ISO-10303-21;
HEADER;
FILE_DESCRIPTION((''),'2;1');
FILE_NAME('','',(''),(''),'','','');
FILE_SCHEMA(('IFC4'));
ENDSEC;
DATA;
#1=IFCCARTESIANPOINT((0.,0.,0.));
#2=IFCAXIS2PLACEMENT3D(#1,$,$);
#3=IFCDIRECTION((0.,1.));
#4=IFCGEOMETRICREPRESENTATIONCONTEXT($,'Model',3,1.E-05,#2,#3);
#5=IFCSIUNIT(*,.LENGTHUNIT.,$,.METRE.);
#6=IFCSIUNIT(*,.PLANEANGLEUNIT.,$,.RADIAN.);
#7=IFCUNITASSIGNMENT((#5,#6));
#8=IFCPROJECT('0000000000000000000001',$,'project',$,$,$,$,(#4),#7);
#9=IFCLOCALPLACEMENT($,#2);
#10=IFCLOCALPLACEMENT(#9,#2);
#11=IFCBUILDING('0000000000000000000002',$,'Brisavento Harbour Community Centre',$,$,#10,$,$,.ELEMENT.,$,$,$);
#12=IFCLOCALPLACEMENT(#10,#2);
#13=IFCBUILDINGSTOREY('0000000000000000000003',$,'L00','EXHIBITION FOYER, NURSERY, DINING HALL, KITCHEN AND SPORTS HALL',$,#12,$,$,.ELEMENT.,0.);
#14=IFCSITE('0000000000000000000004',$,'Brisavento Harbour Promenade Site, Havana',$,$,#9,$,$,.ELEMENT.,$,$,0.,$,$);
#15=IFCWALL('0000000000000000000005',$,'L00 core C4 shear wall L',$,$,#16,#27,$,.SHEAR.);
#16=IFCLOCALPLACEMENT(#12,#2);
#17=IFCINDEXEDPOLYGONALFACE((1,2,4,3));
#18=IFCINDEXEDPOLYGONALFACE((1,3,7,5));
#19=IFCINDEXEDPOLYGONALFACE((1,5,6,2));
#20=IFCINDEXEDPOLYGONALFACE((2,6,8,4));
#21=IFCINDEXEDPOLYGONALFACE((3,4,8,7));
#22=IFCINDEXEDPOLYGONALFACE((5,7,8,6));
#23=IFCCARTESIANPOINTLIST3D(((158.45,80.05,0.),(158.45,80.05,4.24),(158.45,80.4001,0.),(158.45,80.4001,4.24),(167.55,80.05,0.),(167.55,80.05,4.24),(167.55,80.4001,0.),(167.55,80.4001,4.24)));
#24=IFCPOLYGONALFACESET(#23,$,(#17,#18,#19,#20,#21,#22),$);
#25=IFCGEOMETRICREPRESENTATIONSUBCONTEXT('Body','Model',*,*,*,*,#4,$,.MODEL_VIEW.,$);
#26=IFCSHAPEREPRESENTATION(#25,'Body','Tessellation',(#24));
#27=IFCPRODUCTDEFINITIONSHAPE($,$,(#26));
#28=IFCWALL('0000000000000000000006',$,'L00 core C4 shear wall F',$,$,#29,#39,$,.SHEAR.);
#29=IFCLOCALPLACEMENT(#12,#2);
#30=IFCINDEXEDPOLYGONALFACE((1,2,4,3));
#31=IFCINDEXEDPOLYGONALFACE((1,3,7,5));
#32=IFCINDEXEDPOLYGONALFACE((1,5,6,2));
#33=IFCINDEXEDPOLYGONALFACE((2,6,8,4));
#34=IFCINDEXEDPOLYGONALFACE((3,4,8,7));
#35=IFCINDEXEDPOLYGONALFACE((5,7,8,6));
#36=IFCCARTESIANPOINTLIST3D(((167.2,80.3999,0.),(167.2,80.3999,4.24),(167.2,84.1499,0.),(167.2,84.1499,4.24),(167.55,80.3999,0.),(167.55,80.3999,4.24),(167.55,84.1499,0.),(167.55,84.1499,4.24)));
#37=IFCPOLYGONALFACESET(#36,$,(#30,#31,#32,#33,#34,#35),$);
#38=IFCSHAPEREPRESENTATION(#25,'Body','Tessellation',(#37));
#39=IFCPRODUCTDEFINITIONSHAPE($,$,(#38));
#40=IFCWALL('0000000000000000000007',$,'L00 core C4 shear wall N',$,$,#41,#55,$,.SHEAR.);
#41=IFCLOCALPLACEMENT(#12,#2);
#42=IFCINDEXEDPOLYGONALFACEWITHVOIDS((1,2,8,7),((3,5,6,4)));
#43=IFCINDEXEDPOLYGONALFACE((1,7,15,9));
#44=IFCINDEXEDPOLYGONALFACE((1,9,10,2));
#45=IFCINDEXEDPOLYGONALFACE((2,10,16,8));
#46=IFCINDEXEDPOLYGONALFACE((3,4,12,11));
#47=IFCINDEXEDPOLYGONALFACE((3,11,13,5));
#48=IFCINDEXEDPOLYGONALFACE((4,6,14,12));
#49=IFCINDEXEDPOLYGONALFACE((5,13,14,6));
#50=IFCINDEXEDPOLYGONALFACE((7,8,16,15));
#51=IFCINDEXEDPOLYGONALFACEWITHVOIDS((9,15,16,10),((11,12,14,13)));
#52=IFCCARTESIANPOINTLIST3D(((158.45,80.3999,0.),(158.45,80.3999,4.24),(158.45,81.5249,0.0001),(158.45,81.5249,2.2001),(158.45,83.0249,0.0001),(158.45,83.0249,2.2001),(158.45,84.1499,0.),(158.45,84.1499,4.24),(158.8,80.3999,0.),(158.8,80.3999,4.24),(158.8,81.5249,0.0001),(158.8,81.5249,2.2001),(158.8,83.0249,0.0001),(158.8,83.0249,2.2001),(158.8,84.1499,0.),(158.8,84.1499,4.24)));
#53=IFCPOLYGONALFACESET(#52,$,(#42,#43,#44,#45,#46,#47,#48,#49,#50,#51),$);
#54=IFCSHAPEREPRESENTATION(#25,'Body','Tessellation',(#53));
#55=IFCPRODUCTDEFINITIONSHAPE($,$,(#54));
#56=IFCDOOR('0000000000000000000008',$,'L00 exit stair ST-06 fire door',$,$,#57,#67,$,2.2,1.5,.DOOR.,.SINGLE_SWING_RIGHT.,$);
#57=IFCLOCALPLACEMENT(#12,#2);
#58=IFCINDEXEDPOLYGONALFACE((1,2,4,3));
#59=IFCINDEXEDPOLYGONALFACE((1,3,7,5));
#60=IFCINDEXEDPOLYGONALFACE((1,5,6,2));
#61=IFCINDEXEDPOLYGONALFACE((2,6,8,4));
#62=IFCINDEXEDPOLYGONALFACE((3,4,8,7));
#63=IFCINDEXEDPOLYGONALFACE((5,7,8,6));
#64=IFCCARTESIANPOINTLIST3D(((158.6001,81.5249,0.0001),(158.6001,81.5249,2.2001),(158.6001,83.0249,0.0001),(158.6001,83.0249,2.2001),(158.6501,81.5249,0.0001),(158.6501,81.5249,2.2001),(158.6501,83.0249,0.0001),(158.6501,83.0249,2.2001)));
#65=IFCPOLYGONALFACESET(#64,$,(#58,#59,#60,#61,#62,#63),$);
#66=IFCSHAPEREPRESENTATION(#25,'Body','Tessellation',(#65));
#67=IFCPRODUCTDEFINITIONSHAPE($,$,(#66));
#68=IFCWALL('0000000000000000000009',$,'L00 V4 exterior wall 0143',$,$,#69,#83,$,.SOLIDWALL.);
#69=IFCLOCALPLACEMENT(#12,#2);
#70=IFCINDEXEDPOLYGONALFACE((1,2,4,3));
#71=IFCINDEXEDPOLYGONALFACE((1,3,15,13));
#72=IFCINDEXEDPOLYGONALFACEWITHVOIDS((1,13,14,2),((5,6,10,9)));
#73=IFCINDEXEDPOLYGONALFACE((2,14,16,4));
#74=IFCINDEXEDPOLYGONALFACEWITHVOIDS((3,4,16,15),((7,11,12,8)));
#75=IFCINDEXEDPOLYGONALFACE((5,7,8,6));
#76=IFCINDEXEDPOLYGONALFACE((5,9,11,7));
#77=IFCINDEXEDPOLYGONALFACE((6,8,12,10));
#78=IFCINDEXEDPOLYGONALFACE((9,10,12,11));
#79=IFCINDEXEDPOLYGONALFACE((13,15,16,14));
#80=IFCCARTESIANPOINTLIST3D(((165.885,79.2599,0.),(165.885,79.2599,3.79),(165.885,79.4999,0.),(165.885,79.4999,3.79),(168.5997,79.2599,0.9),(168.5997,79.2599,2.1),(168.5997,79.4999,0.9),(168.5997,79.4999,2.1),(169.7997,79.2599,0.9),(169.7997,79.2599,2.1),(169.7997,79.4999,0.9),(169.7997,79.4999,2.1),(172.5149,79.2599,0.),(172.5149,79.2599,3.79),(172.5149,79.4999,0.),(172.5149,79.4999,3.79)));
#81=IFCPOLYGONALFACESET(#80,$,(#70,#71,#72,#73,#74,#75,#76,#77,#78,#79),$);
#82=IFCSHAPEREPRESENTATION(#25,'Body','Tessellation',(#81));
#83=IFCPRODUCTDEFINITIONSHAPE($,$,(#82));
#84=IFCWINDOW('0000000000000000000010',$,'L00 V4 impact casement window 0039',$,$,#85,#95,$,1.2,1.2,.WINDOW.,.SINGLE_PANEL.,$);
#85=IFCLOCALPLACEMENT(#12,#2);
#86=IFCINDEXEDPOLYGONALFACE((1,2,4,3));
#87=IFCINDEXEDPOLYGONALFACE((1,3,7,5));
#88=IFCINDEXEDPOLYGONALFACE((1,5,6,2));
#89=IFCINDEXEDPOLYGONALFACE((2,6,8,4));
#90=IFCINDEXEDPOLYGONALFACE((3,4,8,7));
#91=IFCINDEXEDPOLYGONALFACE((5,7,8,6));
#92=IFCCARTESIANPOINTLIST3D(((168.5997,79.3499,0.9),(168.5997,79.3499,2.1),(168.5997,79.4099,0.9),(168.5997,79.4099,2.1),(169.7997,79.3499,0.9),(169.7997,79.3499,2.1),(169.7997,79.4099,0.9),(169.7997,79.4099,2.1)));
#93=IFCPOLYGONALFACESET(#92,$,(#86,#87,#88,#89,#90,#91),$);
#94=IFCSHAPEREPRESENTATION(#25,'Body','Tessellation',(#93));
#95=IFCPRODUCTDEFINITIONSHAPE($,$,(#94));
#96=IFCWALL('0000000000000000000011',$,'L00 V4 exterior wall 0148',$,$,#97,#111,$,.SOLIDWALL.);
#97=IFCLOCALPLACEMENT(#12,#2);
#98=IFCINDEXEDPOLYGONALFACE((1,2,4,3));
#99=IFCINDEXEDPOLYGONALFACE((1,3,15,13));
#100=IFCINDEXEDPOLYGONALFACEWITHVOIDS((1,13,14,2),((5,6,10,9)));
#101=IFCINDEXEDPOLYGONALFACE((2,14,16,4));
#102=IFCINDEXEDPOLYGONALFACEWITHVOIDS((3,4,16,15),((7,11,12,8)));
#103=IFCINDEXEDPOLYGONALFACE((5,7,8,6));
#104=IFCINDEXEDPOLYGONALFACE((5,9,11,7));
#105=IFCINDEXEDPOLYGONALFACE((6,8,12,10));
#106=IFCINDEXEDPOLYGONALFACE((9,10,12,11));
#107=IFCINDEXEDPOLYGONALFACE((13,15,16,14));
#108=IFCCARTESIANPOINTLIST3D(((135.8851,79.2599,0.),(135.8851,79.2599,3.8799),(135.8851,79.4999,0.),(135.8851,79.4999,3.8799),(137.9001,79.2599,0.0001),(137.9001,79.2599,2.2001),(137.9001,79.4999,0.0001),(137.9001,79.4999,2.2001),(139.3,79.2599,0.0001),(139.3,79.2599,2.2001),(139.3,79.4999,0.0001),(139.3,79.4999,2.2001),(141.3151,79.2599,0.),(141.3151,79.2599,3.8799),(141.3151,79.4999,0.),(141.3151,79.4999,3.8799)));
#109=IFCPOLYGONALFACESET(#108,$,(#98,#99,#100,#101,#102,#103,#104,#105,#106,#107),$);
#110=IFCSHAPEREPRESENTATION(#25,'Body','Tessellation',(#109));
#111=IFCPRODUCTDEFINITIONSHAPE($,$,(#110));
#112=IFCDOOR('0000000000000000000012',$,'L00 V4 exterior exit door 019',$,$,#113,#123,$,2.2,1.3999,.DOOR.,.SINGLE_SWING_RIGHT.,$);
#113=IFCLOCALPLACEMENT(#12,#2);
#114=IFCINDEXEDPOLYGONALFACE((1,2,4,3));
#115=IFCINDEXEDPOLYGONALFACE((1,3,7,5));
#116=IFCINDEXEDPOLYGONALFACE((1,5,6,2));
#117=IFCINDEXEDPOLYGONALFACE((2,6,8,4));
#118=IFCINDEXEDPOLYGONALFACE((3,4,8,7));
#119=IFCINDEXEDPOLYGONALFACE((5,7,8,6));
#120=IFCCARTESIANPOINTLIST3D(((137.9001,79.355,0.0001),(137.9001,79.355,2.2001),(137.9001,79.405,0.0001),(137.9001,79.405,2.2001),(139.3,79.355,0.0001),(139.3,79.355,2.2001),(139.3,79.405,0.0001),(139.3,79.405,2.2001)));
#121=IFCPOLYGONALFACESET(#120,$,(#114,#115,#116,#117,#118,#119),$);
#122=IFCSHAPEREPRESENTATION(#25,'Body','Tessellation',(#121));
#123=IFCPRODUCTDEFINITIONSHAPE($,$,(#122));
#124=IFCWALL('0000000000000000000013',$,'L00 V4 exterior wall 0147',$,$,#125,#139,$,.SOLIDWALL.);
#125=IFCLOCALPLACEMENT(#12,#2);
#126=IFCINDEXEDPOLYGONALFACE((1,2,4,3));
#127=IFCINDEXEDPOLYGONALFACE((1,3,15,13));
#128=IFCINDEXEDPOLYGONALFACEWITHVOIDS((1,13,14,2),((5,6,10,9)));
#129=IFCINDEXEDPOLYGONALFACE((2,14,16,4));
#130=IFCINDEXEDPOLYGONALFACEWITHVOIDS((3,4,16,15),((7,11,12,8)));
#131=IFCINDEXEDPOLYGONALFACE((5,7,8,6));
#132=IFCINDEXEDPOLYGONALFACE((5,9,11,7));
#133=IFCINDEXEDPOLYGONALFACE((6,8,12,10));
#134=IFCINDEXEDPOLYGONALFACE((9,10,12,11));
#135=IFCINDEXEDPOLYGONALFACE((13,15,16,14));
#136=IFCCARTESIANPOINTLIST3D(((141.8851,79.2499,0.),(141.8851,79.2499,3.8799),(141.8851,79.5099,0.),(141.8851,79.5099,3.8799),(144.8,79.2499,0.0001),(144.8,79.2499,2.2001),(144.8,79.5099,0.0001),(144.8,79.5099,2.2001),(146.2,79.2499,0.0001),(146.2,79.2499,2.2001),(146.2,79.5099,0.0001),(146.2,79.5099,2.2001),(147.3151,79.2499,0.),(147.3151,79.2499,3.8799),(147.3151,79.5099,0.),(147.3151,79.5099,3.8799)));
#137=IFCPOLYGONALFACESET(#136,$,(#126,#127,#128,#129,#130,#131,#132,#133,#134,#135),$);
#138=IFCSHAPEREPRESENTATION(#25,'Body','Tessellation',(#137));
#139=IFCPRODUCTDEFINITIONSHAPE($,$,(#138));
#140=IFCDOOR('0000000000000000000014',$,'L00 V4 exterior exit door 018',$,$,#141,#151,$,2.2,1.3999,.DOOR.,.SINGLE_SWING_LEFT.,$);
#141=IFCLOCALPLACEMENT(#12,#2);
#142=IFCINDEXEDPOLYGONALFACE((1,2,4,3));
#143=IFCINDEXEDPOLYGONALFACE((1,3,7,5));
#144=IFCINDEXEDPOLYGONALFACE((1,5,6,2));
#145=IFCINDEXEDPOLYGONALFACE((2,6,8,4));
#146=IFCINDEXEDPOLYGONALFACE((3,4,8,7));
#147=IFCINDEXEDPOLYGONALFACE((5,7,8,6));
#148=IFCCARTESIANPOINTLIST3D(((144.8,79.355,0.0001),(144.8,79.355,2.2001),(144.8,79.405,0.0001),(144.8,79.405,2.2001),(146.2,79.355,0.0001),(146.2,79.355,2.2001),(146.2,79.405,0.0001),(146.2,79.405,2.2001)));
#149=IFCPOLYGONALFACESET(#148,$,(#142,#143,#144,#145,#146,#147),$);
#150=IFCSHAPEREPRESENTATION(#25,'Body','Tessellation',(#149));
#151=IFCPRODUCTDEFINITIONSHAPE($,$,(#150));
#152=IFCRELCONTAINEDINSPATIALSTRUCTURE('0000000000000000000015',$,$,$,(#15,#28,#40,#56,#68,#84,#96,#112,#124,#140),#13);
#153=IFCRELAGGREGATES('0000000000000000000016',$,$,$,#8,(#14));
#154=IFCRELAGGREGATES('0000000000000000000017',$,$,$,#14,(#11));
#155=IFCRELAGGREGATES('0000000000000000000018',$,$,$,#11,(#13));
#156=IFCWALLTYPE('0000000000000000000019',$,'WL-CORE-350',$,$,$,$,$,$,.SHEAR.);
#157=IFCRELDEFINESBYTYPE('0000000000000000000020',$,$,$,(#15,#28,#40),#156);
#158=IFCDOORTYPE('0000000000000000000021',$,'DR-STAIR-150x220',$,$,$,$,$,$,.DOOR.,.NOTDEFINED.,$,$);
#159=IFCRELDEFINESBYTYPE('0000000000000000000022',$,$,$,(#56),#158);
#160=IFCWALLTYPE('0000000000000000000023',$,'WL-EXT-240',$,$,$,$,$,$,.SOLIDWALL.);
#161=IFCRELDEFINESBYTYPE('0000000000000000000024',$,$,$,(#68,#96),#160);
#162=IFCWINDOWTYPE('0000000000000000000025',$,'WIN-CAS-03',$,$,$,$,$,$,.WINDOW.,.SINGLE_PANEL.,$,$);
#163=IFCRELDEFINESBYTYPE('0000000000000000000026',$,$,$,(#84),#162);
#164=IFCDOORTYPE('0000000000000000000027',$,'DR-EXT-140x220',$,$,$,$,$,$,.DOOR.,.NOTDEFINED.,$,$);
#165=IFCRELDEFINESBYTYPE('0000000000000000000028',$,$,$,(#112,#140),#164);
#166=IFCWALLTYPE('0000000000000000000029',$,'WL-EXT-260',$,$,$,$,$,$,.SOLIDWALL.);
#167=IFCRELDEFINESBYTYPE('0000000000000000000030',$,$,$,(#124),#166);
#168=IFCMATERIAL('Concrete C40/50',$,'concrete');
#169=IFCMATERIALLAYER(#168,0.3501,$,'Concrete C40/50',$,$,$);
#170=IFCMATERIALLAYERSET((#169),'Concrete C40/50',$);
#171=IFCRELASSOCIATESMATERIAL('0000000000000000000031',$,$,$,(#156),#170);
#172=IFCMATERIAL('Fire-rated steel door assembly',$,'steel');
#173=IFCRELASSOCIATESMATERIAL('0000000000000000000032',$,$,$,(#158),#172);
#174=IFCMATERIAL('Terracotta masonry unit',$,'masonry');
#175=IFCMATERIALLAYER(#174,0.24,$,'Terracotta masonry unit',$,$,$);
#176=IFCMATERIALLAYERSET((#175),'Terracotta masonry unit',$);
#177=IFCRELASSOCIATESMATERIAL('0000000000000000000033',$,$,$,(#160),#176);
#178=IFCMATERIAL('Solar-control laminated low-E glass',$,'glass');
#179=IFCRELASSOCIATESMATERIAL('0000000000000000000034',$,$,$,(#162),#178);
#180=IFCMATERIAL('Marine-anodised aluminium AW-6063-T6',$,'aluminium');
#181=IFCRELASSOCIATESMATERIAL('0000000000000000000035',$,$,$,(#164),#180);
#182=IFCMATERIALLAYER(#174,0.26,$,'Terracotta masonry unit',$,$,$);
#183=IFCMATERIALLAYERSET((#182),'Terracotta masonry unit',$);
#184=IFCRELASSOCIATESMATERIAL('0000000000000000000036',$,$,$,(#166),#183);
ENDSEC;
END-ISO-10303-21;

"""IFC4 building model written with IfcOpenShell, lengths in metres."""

from ifc_helpers import new_model, si_unit, direction, frame, frame_2d, origin, place, context, subcontext, project, spatial, rectangle, extrude, material, layer, layer_set, type_object, element, fill, save


model = new_model("IFC4")

# Units and contexts
model_context = context("Model", 3, precision=1e-05, world=origin(), true_north=direction((0.0, 1.0)))
body_context = subcontext(model_context, "Body", "Model", "MODEL_VIEW")
ifc_project = project(units=[si_unit("LENGTHUNIT", "METRE"), si_unit("PLANEANGLEUNIT", "RADIAN")], contexts=[model_context])

# Site, building, storey
site_placement = place(None, origin())
site = spatial("IfcSite", under=ifc_project, at=site_placement, Name="Brisavento Harbour Promenade Site, Havana", CompositionType="ELEMENT", RefElevation=0.0)
building_placement = place(site_placement, origin())
building = spatial("IfcBuilding", under=site, at=building_placement, Name="Brisavento Harbour Community Centre", CompositionType="ELEMENT")
storey_placement = place(building_placement, origin())
storey = spatial("IfcBuildingStorey", under=building, at=storey_placement, Name="L00", Description="EXHIBITION FOYER, NURSERY, DINING HALL, KITCHEN AND SPORTS HALL", CompositionType="ELEMENT", Elevation=0.0)

# Walls
ifc_material_1 = material(Name="Concrete C40/50", Category="concrete")
ifc_layer_1 = layer(ifc_material_1, 0.3501, Name="Concrete C40/50")
ifc_layer_set_1 = layer_set([ifc_layer_1], Name="Concrete C40/50")
wall_type_1 = type_object("IfcWallType", Name="WL-CORE-350", PredefinedType="SHEAR", material=ifc_layer_set_1)
wall_1_placement = place(storey_placement, frame((158.45, 80.2251, 0.0), z_axis=(0.0, 0.0, 1.0), x_axis=(1.0, 0.0, 0.0)))
element("IfcWall", 1, at=wall_1_placement, inside=storey, type_object=wall_type_1, Name="L00 core C4 shear wall L", PredefinedType="SHEAR", context=body_context, shape_type="SweptSolid", body=[
    extrude(rectangle(XDim=9.1001, YDim=0.3501, at=frame_2d((4.55, 0.0))), origin(), (0.0, 0.0, 1.0), 4.24),
])
wall_2_placement = place(storey_placement, frame((167.375, 80.3999, 0.0), z_axis=(0.0, 0.0, 1.0), x_axis=(0.0, 1.0, 0.0)))
element("IfcWall", 2, at=wall_2_placement, inside=storey, type_object=wall_type_1, Name="L00 core C4 shear wall F", PredefinedType="SHEAR", context=body_context, shape_type="SweptSolid", body=[
    extrude(rectangle(XDim=3.75, YDim=0.3501, at=frame_2d((1.875, 0.0))), origin(), (0.0, 0.0, 1.0), 4.24),
])

# Wall, opening, door
wall_3_placement = place(storey_placement, frame((158.625, 80.3999, 0.0), z_axis=(0.0, 0.0, 1.0), x_axis=(0.0, 1.0, 0.0)))
wall_3 = element("IfcWall", 3, at=wall_3_placement, inside=storey, type_object=wall_type_1, Name="L00 core C4 shear wall N", PredefinedType="SHEAR", context=body_context, shape_type="SweptSolid", body=[
    extrude(rectangle(XDim=3.75, YDim=0.3501, at=frame_2d((1.875, 0.0))), origin(), (0.0, 0.0, 1.0), 4.24),
])
opening_1_placement = place(wall_3_placement, frame((1.125, 0.0, 0.0)))
opening_1 = element("IfcOpeningElement", 4, at=opening_1_placement, cuts=wall_3, PredefinedType="OPENING", context=body_context, shape_type="SweptSolid", body=[
    extrude(rectangle(XDim=1.5, YDim=2.2, at=frame_2d((0.75, 1.1001))), frame((0.0, 0.1851, 0.0), z_axis=(0.0, -1.0, 0.0), x_axis=(1.0, 0.0, 0.0)), (0.0, 0.0, 1.0), 0.3701),
])
ifc_material_2 = material(Name="Fire-rated steel door assembly", Category="steel")
door_type_1 = type_object("IfcDoorType", Name="DR-STAIR-150x220", OperationType="NOTDEFINED", PredefinedType="DOOR", material=ifc_material_2)
door_1_placement = place(opening_1_placement, origin())
door_1 = element("IfcDoor", 5, at=door_1_placement, inside=storey, type_object=door_type_1, Name="L00 exit stair ST-06 fire door", OperationType="SINGLE_SWING_RIGHT", OverallHeight=2.2, OverallWidth=1.5, PredefinedType="DOOR", context=body_context, shape_type="SweptSolid", body=[
    extrude(rectangle(XDim=1.5, YDim=2.2, at=frame_2d((0.75, 1.1001))), frame((0.0, 0.0249, 0.0), z_axis=(0.0, -1.0, 0.0), x_axis=(1.0, 0.0, 0.0)), (0.0, 0.0, 1.0), 0.05),
])
fill(opening_1, door_1)

# Wall, opening, window
ifc_material_3 = material(Name="Terracotta masonry unit", Category="masonry")
ifc_layer_2 = layer(ifc_material_3, 0.24, Name="Terracotta masonry unit")
ifc_layer_set_2 = layer_set([ifc_layer_2], Name="Terracotta masonry unit")
wall_type_2 = type_object("IfcWallType", Name="WL-EXT-240", PredefinedType="SOLIDWALL", material=ifc_layer_set_2)
wall_4_placement = place(storey_placement, frame((172.5149, 79.3799, 0.0), z_axis=(0.0, 0.0, 1.0), x_axis=(-1.0, 0.0, 0.0)))
wall_4 = element("IfcWall", 6, at=wall_4_placement, inside=storey, type_object=wall_type_2, Name="L00 V4 exterior wall 0143", PredefinedType="SOLIDWALL", context=body_context, shape_type="SweptSolid", body=[
    extrude(rectangle(XDim=6.6299, YDim=0.24, at=frame_2d((3.3149, 0.0))), origin(), (0.0, 0.0, 1.0), 3.79),
])
opening_2_placement = place(wall_4_placement, frame((2.7151, 0.0, 0.8999)))
opening_2 = element("IfcOpeningElement", 7, at=opening_2_placement, cuts=wall_4, PredefinedType="OPENING", context=body_context, shape_type="SweptSolid", body=[
    extrude(rectangle(XDim=1.2, YDim=1.2, at=frame_2d((0.6001, 0.6001))), frame((0.0, 0.1299, 0.0), z_axis=(0.0, -1.0, 0.0), x_axis=(1.0, 0.0, 0.0)), (0.0, 0.0, 1.0), 0.26),
])
ifc_material_4 = material(Name="Solar-control laminated low-E glass", Category="glass")
window_type_1 = type_object("IfcWindowType", Name="WIN-CAS-03", PartitioningType="SINGLE_PANEL", PredefinedType="WINDOW", material=ifc_material_4)
window_1_placement = place(opening_2_placement, origin())
window_1 = element("IfcWindow", 8, at=window_1_placement, inside=storey, type_object=window_type_1, Name="L00 V4 impact casement window 0039", OverallHeight=1.2, OverallWidth=1.2, PartitioningType="SINGLE_PANEL", PredefinedType="WINDOW", context=body_context, shape_type="SweptSolid", body=[
    extrude(rectangle(XDim=1.2, YDim=1.2, at=frame_2d((0.6001, 0.6001))), frame((0.0, 0.03, 0.0), z_axis=(0.0, -1.0, 0.0), x_axis=(1.0, 0.0, 0.0)), (0.0, 0.0, 1.0), 0.0601),
])
fill(opening_2, window_1)

# Walls, openings, doors
wall_5_placement = place(storey_placement, frame((141.3149, 79.3799, 0.0), z_axis=(0.0, 0.0, 1.0), x_axis=(-1.0, 0.0, 0.0)))
wall_5 = element("IfcWall", 9, at=wall_5_placement, inside=storey, type_object=wall_type_2, Name="L00 V4 exterior wall 0148", PredefinedType="SOLIDWALL", context=body_context, shape_type="SweptSolid", body=[
    extrude(rectangle(XDim=5.4299, YDim=0.24, at=frame_2d((2.7148, 0.0))), origin(), (0.0, 0.0, 1.0), 3.8799),
])
opening_3_placement = place(wall_5_placement, frame((2.0149, 0.0, 0.0)))
opening_3 = element("IfcOpeningElement", 10, at=opening_3_placement, cuts=wall_5, PredefinedType="OPENING", context=body_context, shape_type="SweptSolid", body=[
    extrude(rectangle(XDim=1.3999, YDim=2.2, at=frame_2d((0.7, 1.1001))), frame((0.0, 0.1299, 0.0), z_axis=(0.0, -1.0, 0.0), x_axis=(1.0, 0.0, 0.0)), (0.0, 0.0, 1.0), 0.26),
])
ifc_material_5 = material(Name="Marine-anodised aluminium AW-6063-T6", Category="aluminium")
door_type_2 = type_object("IfcDoorType", Name="DR-EXT-140x220", OperationType="NOTDEFINED", PredefinedType="DOOR", material=ifc_material_5)
door_2_placement = place(opening_3_placement, origin())
door_2 = element("IfcDoor", 11, at=door_2_placement, inside=storey, type_object=door_type_2, Name="L00 V4 exterior exit door 019", OperationType="SINGLE_SWING_RIGHT", OverallHeight=2.2, OverallWidth=1.3999, PredefinedType="DOOR", context=body_context, shape_type="SweptSolid", body=[
    extrude(rectangle(XDim=1.3999, YDim=2.2, at=frame_2d((0.7, 1.1001))), frame((0.0, 0.0249, 0.0), z_axis=(0.0, -1.0, 0.0), x_axis=(1.0, 0.0, 0.0)), (0.0, 0.0, 1.0), 0.05),
])
fill(opening_3, door_2)
ifc_layer_3 = layer(ifc_material_3, 0.26, Name="Terracotta masonry unit")
ifc_layer_set_3 = layer_set([ifc_layer_3], Name="Terracotta masonry unit")
wall_type_3 = type_object("IfcWallType", Name="WL-EXT-260", PredefinedType="SOLIDWALL", material=ifc_layer_set_3)
wall_6_placement = place(storey_placement, frame((147.3149, 79.3799, 0.0), z_axis=(0.0, 0.0, 1.0), x_axis=(-1.0, 0.0, 0.0)))
wall_6 = element("IfcWall", 12, at=wall_6_placement, inside=storey, type_object=wall_type_3, Name="L00 V4 exterior wall 0147", PredefinedType="SOLIDWALL", context=body_context, shape_type="SweptSolid", body=[
    extrude(rectangle(XDim=5.4299, YDim=0.26, at=frame_2d((2.7148, 0.0))), origin(), (0.0, 0.0, 1.0), 3.8799),
])
opening_4_placement = place(wall_6_placement, frame((1.115, 0.0, 0.0)))
opening_4 = element("IfcOpeningElement", 13, at=opening_4_placement, cuts=wall_6, PredefinedType="OPENING", context=body_context, shape_type="SweptSolid", body=[
    extrude(rectangle(XDim=1.3999, YDim=2.2, at=frame_2d((0.7, 1.1001))), frame((0.0, 0.1401, 0.0), z_axis=(0.0, -1.0, 0.0), x_axis=(1.0, 0.0, 0.0)), (0.0, 0.0, 1.0), 0.28),
])
door_3_placement = place(opening_4_placement, origin())
door_3 = element("IfcDoor", 14, at=door_3_placement, inside=storey, type_object=door_type_2, Name="L00 V4 exterior exit door 018", OperationType="SINGLE_SWING_LEFT", OverallHeight=2.2, OverallWidth=1.3999, PredefinedType="DOOR", context=body_context, shape_type="SweptSolid", body=[
    extrude(rectangle(XDim=1.3999, YDim=2.2, at=frame_2d((0.7, 1.1001))), frame((0.0, 0.0249, 0.0), z_axis=(0.0, -1.0, 0.0), x_axis=(1.0, 0.0, 0.0)), (0.0, 0.0, 1.0), 0.05),
])
fill(opening_4, door_3)

save(model, "model.ifc")
